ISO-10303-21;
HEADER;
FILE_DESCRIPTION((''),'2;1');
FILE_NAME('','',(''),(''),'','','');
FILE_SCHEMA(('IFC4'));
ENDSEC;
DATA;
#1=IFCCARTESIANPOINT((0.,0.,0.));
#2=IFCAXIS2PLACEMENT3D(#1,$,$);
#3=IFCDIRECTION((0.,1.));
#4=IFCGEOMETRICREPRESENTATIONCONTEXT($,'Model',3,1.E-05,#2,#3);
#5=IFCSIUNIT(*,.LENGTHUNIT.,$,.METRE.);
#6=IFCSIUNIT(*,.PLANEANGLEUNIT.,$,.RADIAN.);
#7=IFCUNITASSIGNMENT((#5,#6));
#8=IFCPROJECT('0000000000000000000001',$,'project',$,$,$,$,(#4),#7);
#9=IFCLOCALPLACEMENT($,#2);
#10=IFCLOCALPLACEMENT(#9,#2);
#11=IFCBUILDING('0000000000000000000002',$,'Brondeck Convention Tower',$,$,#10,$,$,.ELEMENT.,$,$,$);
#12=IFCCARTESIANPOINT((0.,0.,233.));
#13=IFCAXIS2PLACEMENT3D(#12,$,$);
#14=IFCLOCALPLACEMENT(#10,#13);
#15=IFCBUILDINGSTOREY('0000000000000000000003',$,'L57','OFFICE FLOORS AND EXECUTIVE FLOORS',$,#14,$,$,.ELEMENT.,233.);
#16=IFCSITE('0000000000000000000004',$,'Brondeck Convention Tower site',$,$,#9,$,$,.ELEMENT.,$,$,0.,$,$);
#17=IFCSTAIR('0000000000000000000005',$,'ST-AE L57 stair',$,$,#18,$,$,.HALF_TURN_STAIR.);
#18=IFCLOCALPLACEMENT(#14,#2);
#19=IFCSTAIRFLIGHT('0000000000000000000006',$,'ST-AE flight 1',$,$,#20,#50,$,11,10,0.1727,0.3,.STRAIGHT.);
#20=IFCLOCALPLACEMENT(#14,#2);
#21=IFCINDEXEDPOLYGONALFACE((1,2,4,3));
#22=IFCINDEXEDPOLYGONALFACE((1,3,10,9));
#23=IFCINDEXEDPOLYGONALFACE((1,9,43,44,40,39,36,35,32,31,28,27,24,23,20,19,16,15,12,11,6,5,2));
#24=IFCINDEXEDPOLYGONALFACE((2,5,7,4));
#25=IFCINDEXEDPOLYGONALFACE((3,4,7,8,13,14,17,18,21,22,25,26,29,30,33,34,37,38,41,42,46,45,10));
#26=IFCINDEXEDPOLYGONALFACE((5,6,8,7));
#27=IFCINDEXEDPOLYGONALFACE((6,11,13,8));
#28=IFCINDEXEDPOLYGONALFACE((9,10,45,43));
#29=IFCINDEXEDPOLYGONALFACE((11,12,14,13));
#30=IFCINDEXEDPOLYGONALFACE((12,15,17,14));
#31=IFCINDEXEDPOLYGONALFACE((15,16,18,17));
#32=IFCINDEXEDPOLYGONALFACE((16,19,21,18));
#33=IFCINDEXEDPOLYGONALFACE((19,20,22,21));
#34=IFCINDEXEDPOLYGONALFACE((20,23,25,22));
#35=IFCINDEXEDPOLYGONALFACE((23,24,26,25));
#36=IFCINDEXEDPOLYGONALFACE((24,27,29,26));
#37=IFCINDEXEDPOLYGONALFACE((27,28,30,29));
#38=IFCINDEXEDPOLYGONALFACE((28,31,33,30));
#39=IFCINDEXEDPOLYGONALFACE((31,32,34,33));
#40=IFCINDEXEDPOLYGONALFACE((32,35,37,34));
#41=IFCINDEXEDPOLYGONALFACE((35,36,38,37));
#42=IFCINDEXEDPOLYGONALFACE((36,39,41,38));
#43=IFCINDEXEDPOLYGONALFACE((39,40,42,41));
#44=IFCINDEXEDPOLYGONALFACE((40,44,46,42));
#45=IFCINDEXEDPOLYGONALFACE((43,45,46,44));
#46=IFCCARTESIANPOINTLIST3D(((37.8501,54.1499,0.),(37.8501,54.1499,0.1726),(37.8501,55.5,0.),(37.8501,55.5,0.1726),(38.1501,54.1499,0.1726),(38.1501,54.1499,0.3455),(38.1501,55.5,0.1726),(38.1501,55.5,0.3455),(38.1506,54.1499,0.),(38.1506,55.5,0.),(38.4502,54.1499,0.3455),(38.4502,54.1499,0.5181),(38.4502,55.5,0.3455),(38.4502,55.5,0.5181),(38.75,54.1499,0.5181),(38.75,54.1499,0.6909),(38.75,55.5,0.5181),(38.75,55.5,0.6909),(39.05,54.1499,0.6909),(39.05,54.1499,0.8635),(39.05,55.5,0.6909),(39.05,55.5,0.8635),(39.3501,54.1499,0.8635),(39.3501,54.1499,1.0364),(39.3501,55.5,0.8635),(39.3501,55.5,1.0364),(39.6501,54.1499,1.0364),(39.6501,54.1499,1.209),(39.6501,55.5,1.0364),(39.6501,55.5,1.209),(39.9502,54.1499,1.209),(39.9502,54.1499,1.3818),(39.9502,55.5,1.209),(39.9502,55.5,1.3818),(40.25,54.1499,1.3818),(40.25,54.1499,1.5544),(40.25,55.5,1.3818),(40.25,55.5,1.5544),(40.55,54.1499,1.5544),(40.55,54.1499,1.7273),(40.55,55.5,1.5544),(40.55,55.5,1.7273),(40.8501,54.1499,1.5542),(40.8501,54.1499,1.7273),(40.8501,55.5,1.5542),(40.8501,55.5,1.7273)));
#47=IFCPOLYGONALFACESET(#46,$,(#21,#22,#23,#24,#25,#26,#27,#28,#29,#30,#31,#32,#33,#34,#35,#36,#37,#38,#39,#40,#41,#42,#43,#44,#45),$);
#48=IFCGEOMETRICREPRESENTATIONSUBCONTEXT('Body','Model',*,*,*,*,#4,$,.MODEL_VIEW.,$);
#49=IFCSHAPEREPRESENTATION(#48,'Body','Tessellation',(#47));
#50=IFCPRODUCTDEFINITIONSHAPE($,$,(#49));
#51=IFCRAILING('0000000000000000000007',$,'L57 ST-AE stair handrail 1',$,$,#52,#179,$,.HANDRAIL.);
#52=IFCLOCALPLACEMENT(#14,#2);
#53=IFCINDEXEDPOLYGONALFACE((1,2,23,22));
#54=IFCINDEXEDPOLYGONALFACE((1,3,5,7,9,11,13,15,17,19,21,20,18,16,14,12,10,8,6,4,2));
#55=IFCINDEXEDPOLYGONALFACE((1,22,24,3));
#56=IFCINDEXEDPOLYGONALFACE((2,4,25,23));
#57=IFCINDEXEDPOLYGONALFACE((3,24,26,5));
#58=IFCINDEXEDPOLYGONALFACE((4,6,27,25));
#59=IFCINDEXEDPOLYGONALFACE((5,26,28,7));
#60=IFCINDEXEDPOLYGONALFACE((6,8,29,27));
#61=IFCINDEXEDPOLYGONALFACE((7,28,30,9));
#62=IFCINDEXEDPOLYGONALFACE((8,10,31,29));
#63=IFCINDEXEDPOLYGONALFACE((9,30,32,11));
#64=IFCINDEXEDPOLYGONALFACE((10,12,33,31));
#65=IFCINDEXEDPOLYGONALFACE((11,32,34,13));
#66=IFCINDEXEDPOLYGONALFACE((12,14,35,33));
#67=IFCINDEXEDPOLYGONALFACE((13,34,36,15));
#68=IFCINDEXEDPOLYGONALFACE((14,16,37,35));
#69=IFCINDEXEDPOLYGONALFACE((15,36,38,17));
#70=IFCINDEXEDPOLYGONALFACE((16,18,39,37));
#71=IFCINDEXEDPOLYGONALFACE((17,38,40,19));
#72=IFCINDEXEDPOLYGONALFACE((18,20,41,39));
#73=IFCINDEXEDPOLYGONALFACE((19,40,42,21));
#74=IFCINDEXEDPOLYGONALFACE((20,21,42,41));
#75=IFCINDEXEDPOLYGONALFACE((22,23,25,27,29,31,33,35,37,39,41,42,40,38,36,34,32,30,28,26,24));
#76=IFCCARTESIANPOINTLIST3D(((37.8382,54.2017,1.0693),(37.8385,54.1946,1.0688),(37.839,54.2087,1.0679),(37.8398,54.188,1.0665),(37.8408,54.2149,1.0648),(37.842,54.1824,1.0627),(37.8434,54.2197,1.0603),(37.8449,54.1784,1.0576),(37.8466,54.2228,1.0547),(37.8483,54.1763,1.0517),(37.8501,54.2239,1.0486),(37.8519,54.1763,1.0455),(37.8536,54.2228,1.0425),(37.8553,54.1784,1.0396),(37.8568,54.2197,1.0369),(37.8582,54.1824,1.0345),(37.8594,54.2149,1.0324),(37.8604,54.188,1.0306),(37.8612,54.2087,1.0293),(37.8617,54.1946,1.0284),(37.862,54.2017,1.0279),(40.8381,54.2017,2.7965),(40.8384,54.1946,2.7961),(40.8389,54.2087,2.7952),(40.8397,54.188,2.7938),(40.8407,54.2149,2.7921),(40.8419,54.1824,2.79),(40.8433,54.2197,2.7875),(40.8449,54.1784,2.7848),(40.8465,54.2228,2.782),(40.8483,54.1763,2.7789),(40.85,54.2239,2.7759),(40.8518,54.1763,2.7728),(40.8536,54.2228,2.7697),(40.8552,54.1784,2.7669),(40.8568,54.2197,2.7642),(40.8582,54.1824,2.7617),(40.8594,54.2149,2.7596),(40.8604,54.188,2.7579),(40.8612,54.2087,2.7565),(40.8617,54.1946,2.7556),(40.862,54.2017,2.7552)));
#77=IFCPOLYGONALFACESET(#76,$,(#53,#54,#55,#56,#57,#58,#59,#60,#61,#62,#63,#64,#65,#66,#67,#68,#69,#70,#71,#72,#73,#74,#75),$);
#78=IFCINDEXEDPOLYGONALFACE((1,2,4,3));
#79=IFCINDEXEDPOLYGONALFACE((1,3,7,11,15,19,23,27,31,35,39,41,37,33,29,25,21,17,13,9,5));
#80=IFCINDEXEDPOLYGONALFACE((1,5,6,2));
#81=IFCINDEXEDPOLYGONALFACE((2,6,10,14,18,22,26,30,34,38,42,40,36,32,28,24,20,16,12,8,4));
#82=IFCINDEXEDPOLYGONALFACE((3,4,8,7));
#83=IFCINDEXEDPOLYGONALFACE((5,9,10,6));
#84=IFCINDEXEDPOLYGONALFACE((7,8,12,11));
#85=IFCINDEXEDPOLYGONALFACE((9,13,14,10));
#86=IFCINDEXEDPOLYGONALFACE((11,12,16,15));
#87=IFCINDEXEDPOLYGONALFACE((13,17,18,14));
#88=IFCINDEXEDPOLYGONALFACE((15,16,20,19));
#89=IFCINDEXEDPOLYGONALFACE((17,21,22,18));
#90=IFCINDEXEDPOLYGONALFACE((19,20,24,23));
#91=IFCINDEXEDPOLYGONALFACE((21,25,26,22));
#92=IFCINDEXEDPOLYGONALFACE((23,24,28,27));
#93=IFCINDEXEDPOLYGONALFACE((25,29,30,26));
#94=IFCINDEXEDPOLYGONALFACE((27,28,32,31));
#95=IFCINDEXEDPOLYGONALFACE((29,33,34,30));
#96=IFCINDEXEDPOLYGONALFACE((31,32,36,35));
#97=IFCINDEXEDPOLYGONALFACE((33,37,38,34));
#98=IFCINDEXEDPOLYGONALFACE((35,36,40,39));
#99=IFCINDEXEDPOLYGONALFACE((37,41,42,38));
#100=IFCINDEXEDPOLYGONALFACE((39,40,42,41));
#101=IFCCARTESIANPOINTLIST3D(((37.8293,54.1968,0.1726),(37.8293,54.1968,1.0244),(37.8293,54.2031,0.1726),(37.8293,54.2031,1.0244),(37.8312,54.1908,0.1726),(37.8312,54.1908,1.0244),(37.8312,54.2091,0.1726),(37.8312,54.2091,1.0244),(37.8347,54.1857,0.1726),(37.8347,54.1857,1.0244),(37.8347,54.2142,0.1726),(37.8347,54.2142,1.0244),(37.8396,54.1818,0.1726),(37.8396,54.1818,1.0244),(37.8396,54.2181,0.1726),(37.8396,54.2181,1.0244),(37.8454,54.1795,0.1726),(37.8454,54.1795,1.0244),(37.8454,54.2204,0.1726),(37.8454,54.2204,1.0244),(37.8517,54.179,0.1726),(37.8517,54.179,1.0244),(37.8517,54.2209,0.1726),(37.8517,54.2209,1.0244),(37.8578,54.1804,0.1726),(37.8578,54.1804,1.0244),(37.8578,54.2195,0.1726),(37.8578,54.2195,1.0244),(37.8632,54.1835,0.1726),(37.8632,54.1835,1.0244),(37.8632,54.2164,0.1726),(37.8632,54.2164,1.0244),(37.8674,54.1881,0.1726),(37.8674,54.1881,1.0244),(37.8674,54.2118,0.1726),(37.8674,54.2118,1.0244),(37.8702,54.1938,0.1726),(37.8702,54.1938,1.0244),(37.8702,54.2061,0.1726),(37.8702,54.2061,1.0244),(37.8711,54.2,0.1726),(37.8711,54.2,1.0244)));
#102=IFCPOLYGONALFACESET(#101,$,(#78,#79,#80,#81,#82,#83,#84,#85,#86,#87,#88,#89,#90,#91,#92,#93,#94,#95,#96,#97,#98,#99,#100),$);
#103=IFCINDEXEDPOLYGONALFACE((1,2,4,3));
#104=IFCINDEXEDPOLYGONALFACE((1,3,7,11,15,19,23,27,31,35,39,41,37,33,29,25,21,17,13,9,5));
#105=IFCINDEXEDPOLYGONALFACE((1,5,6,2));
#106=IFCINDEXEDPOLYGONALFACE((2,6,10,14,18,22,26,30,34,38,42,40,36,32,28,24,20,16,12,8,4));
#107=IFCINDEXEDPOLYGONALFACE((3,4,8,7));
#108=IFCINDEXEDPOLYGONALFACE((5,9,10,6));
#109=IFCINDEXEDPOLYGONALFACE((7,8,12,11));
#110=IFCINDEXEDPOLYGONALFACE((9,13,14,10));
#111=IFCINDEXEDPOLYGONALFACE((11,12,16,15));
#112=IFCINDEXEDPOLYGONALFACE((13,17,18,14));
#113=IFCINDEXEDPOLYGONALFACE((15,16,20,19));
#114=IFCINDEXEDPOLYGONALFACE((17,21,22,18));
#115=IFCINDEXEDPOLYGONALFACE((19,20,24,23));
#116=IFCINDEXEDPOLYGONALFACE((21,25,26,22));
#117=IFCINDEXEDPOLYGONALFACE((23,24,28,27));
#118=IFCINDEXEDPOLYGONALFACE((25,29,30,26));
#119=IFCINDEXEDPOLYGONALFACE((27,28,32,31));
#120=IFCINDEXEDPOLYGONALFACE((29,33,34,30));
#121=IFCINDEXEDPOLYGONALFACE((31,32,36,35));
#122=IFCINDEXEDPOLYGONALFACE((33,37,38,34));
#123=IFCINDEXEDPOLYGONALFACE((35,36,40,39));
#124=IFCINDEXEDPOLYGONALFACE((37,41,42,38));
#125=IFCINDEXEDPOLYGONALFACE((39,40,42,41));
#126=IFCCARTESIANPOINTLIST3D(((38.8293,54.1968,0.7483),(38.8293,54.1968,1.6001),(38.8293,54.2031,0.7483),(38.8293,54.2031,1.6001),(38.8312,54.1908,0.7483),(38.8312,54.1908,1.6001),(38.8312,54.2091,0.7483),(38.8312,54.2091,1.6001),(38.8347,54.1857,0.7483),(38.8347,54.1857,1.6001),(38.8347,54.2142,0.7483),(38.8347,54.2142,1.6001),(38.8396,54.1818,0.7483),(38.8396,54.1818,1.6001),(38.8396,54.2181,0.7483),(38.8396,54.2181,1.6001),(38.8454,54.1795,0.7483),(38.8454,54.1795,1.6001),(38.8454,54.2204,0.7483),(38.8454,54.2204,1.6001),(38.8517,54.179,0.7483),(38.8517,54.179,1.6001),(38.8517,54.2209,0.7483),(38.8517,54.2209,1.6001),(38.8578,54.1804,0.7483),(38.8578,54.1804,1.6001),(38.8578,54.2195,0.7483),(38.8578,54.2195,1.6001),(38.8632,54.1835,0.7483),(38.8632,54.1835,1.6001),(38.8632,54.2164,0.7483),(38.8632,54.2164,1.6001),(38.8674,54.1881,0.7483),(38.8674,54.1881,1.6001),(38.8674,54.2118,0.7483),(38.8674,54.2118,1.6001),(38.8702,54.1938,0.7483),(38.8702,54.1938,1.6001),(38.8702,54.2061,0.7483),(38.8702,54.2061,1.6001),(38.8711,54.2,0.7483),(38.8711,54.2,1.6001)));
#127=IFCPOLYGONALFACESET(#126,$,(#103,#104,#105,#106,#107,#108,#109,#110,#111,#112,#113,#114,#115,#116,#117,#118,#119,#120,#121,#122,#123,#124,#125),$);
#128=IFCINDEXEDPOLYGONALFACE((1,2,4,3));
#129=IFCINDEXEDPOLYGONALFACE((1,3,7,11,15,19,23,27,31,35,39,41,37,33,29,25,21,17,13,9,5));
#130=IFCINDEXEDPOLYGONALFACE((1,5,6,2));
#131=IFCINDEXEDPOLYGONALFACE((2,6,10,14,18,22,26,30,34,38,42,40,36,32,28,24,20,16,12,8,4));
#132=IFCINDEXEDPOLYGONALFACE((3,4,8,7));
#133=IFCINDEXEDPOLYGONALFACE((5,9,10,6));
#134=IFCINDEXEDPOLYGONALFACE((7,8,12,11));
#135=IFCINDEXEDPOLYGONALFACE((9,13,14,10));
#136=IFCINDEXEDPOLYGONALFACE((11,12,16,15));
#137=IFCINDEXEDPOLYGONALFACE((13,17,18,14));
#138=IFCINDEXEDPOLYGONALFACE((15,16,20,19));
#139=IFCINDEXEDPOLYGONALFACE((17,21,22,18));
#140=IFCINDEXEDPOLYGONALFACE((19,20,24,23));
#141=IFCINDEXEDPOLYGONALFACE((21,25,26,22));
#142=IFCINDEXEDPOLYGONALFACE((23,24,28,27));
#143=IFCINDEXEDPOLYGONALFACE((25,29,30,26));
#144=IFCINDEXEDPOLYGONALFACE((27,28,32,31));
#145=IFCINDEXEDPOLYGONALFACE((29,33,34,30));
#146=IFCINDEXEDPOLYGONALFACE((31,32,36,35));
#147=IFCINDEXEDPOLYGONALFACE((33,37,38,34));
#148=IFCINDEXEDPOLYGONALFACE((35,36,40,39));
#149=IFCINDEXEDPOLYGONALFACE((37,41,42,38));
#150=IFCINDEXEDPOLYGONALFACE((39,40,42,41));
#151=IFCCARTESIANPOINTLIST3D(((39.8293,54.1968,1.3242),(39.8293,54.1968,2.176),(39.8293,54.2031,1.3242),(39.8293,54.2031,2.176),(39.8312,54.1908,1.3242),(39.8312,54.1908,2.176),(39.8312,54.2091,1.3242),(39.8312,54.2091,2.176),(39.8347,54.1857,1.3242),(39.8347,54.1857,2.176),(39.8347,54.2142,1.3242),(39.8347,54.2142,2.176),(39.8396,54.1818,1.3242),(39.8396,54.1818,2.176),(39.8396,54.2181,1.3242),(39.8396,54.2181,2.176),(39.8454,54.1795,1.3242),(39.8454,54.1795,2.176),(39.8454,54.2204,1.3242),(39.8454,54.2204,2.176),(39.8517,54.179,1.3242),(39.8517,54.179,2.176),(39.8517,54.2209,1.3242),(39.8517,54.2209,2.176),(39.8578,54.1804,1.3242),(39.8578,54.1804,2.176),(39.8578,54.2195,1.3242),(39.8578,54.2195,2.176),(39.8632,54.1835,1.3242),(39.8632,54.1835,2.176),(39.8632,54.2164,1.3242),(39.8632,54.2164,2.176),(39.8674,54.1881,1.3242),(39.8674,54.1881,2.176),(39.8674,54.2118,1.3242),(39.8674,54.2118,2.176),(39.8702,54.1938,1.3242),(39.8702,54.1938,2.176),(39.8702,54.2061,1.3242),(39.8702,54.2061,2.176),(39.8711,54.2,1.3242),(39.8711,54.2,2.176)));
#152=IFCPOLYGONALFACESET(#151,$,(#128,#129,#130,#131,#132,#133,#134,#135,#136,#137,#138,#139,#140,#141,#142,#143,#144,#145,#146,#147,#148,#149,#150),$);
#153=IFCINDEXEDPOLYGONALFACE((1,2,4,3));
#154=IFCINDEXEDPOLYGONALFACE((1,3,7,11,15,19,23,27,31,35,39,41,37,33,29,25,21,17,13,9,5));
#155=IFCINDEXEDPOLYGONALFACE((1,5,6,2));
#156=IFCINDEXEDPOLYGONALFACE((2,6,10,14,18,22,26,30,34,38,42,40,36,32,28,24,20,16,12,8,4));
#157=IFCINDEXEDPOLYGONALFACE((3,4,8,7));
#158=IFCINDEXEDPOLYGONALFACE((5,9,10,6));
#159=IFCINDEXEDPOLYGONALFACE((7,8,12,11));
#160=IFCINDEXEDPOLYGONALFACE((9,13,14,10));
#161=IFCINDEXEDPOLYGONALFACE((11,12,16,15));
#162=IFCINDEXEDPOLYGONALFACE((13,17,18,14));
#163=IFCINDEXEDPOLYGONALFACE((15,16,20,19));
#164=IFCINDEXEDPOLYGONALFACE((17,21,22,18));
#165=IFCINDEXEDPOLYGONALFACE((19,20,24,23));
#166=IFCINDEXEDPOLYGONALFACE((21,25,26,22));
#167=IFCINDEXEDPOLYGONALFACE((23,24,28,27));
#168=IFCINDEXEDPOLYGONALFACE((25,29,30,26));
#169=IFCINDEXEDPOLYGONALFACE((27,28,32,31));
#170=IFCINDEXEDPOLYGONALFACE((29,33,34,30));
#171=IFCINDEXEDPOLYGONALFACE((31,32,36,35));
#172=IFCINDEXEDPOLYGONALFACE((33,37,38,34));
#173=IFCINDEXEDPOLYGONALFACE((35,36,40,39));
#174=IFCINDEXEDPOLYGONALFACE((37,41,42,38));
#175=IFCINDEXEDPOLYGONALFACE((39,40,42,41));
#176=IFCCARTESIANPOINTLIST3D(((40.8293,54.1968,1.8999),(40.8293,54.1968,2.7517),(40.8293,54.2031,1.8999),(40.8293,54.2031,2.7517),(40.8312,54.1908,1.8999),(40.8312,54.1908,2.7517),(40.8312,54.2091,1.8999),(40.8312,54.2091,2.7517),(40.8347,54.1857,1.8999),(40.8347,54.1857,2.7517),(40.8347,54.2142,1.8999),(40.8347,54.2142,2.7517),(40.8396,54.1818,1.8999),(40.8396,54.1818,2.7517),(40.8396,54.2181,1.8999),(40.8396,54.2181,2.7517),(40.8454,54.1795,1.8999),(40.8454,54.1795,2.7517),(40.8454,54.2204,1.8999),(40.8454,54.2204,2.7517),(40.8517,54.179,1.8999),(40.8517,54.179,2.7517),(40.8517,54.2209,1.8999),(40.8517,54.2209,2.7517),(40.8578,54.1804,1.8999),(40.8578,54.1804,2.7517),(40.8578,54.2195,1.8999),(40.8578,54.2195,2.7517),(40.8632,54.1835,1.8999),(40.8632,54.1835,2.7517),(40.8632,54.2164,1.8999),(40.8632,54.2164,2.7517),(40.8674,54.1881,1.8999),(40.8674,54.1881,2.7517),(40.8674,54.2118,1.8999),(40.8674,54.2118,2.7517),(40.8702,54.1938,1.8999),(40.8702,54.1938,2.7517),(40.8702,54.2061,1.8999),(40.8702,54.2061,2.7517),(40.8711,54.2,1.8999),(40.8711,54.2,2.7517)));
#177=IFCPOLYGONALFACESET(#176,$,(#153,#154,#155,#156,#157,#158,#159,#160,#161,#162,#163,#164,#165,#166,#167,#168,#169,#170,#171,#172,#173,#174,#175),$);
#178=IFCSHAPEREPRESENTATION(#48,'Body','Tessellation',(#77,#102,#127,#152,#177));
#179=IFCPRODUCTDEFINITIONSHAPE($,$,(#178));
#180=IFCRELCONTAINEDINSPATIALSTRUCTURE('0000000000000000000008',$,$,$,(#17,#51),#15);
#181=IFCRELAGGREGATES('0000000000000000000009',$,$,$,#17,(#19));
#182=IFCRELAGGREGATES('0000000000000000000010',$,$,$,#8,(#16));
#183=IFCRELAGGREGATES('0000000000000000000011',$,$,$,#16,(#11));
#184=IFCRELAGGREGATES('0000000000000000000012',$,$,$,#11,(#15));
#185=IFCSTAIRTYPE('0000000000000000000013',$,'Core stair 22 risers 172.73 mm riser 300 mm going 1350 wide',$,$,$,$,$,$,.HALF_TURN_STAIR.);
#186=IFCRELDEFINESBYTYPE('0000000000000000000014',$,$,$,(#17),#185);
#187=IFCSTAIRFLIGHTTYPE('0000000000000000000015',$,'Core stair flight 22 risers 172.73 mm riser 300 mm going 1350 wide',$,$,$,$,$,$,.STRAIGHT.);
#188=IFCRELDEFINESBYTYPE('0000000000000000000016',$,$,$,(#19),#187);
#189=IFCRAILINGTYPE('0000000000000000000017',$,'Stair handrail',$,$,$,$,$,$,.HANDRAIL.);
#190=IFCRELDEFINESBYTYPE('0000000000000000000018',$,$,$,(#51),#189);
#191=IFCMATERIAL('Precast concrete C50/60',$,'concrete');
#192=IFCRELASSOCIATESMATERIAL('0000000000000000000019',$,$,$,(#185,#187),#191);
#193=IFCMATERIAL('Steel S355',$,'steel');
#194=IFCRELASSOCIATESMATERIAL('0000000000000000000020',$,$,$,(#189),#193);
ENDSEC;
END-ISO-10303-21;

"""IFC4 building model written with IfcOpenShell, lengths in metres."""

from ifc_helpers import new_model, si_unit, direction, frame, origin, origin_2d, place, context, subcontext, project, spatial, polyline, circle, outline, extrude, material, type_object, element, aggregate, save


model = new_model("IFC4")

# Units and contexts
model_context = context("Model", 3, precision=1e-05, world=origin(), true_north=direction((0.0, 1.0)))
body_context = subcontext(model_context, "Body", "Model", "MODEL_VIEW")
ifc_project = project(units=[si_unit("LENGTHUNIT", "METRE"), si_unit("PLANEANGLEUNIT", "RADIAN")], contexts=[model_context])

# Site, building, storey
site_placement = place(None, origin())
site = spatial("IfcSite", under=ifc_project, at=site_placement, Name="Brondeck Convention Tower site", CompositionType="ELEMENT", RefElevation=0.0)
building_placement = place(site_placement, origin())
building = spatial("IfcBuilding", under=site, at=building_placement, Name="Brondeck Convention Tower", CompositionType="ELEMENT")
storey_placement = place(building_placement, frame((0.0, 0.0, 233.0)))
storey = spatial("IfcBuildingStorey", under=building, at=storey_placement, Name="L57", Description="OFFICE FLOORS AND EXECUTIVE FLOORS", CompositionType="ELEMENT", Elevation=233.0)

# Shared definitions
ifc_material_1 = material(Name="Steel S355", Category="steel")

# Stair, stair flight
ifc_material_2 = material(Name="Precast concrete C50/60", Category="concrete")
stair_type = type_object("IfcStairType", Name="Core stair 22 risers 172.73 mm riser 300 mm going 1350 wide", PredefinedType="HALF_TURN_STAIR", material=ifc_material_2)
stair_placement = place(storey_placement, origin())
stair = element("IfcStair", 1, at=stair_placement, inside=storey, type_object=stair_type, Name="ST-AE L57 stair", PredefinedType="HALF_TURN_STAIR")
stair_flight_type = type_object("IfcStairFlightType", Name="Core stair flight 22 risers 172.73 mm riser 300 mm going 1350 wide", PredefinedType="STRAIGHT", material=ifc_material_2)
stair_flight_placement = place(storey_placement, frame((37.8501, 54.825, 0.0), z_axis=(0.0, 0.0, 1.0), x_axis=(1.0, 0.0, 0.0)))
stair_flight = element("IfcStairFlight", 2, at=stair_flight_placement, type_object=stair_flight_type, Name="ST-AE flight 1", NumberOfRisers=11, NumberOfTreads=10, PredefinedType="STRAIGHT", RiserHeight=0.1727, TreadLength=0.3, context=body_context, shape_type="SweptSolid", body=[
    extrude(outline(polyline([(0.0, 0.0), (0.0, 0.1726), (0.3, 0.1726), (0.3, 0.3455), (0.6001, 0.3455), (0.6001, 0.5181), (0.8999, 0.5181), (0.8999, 0.6909), (1.2, 0.6909), (1.2, 0.8635), (1.5, 0.8635), (1.5, 1.0364), (1.8, 1.0364), (1.8, 1.209), (2.1001, 1.209), (2.1001, 1.3818), (2.3999, 1.3818), (2.3999, 1.5544), (2.7, 1.5544), (2.7, 1.7273), (3.0, 1.7273), (3.0, 1.8999), (3.0, 1.5542), (0.3005, 0.0), (0.0, 0.0)])), frame((0.0, 0.675, 0.0), z_axis=(0.0, -1.0, 0.0), x_axis=(1.0, 0.0, 0.0)), (0.0, 0.0, 1.0), 1.3501),
])
aggregate(stair, [stair_flight])

# Railing
railing_type = type_object("IfcRailingType", Name="Stair handrail", PredefinedType="HANDRAIL", material=ifc_material_1)
railing_placement = place(storey_placement, frame((37.8501, 54.2, 0.1726)))
element("IfcRailing", 3, at=railing_placement, inside=storey, type_object=railing_type, Name="L57 ST-AE stair handrail 1", PredefinedType="HANDRAIL", context=body_context, shape_type="SweptSolid", body=[
    extrude(circle(Radius=0.0239, at=origin_2d()), frame((0.0, 0.0, 0.876), z_axis=(0.86662, 0.0, 0.498969), x_axis=(0.0, 1.0, 0.0)), (0.0, 0.0, 1.0), 3.4617),
    extrude(circle(Radius=0.021, at=origin_2d()), origin(), (0.0, 0.0, 1.0), 0.8518),
    extrude(circle(Radius=0.021, at=origin_2d()), frame((1.0, 0.0, 0.5757)), (0.0, 0.0, 1.0), 0.8518),
    extrude(circle(Radius=0.021, at=origin_2d()), frame((2.0, 0.0, 1.1516)), (0.0, 0.0, 1.0), 0.8518),
    extrude(circle(Radius=0.021, at=origin_2d()), frame((3.0, 0.0, 1.7273)), (0.0, 0.0, 1.0), 0.8518),
])

save(model, "model.ifc")
